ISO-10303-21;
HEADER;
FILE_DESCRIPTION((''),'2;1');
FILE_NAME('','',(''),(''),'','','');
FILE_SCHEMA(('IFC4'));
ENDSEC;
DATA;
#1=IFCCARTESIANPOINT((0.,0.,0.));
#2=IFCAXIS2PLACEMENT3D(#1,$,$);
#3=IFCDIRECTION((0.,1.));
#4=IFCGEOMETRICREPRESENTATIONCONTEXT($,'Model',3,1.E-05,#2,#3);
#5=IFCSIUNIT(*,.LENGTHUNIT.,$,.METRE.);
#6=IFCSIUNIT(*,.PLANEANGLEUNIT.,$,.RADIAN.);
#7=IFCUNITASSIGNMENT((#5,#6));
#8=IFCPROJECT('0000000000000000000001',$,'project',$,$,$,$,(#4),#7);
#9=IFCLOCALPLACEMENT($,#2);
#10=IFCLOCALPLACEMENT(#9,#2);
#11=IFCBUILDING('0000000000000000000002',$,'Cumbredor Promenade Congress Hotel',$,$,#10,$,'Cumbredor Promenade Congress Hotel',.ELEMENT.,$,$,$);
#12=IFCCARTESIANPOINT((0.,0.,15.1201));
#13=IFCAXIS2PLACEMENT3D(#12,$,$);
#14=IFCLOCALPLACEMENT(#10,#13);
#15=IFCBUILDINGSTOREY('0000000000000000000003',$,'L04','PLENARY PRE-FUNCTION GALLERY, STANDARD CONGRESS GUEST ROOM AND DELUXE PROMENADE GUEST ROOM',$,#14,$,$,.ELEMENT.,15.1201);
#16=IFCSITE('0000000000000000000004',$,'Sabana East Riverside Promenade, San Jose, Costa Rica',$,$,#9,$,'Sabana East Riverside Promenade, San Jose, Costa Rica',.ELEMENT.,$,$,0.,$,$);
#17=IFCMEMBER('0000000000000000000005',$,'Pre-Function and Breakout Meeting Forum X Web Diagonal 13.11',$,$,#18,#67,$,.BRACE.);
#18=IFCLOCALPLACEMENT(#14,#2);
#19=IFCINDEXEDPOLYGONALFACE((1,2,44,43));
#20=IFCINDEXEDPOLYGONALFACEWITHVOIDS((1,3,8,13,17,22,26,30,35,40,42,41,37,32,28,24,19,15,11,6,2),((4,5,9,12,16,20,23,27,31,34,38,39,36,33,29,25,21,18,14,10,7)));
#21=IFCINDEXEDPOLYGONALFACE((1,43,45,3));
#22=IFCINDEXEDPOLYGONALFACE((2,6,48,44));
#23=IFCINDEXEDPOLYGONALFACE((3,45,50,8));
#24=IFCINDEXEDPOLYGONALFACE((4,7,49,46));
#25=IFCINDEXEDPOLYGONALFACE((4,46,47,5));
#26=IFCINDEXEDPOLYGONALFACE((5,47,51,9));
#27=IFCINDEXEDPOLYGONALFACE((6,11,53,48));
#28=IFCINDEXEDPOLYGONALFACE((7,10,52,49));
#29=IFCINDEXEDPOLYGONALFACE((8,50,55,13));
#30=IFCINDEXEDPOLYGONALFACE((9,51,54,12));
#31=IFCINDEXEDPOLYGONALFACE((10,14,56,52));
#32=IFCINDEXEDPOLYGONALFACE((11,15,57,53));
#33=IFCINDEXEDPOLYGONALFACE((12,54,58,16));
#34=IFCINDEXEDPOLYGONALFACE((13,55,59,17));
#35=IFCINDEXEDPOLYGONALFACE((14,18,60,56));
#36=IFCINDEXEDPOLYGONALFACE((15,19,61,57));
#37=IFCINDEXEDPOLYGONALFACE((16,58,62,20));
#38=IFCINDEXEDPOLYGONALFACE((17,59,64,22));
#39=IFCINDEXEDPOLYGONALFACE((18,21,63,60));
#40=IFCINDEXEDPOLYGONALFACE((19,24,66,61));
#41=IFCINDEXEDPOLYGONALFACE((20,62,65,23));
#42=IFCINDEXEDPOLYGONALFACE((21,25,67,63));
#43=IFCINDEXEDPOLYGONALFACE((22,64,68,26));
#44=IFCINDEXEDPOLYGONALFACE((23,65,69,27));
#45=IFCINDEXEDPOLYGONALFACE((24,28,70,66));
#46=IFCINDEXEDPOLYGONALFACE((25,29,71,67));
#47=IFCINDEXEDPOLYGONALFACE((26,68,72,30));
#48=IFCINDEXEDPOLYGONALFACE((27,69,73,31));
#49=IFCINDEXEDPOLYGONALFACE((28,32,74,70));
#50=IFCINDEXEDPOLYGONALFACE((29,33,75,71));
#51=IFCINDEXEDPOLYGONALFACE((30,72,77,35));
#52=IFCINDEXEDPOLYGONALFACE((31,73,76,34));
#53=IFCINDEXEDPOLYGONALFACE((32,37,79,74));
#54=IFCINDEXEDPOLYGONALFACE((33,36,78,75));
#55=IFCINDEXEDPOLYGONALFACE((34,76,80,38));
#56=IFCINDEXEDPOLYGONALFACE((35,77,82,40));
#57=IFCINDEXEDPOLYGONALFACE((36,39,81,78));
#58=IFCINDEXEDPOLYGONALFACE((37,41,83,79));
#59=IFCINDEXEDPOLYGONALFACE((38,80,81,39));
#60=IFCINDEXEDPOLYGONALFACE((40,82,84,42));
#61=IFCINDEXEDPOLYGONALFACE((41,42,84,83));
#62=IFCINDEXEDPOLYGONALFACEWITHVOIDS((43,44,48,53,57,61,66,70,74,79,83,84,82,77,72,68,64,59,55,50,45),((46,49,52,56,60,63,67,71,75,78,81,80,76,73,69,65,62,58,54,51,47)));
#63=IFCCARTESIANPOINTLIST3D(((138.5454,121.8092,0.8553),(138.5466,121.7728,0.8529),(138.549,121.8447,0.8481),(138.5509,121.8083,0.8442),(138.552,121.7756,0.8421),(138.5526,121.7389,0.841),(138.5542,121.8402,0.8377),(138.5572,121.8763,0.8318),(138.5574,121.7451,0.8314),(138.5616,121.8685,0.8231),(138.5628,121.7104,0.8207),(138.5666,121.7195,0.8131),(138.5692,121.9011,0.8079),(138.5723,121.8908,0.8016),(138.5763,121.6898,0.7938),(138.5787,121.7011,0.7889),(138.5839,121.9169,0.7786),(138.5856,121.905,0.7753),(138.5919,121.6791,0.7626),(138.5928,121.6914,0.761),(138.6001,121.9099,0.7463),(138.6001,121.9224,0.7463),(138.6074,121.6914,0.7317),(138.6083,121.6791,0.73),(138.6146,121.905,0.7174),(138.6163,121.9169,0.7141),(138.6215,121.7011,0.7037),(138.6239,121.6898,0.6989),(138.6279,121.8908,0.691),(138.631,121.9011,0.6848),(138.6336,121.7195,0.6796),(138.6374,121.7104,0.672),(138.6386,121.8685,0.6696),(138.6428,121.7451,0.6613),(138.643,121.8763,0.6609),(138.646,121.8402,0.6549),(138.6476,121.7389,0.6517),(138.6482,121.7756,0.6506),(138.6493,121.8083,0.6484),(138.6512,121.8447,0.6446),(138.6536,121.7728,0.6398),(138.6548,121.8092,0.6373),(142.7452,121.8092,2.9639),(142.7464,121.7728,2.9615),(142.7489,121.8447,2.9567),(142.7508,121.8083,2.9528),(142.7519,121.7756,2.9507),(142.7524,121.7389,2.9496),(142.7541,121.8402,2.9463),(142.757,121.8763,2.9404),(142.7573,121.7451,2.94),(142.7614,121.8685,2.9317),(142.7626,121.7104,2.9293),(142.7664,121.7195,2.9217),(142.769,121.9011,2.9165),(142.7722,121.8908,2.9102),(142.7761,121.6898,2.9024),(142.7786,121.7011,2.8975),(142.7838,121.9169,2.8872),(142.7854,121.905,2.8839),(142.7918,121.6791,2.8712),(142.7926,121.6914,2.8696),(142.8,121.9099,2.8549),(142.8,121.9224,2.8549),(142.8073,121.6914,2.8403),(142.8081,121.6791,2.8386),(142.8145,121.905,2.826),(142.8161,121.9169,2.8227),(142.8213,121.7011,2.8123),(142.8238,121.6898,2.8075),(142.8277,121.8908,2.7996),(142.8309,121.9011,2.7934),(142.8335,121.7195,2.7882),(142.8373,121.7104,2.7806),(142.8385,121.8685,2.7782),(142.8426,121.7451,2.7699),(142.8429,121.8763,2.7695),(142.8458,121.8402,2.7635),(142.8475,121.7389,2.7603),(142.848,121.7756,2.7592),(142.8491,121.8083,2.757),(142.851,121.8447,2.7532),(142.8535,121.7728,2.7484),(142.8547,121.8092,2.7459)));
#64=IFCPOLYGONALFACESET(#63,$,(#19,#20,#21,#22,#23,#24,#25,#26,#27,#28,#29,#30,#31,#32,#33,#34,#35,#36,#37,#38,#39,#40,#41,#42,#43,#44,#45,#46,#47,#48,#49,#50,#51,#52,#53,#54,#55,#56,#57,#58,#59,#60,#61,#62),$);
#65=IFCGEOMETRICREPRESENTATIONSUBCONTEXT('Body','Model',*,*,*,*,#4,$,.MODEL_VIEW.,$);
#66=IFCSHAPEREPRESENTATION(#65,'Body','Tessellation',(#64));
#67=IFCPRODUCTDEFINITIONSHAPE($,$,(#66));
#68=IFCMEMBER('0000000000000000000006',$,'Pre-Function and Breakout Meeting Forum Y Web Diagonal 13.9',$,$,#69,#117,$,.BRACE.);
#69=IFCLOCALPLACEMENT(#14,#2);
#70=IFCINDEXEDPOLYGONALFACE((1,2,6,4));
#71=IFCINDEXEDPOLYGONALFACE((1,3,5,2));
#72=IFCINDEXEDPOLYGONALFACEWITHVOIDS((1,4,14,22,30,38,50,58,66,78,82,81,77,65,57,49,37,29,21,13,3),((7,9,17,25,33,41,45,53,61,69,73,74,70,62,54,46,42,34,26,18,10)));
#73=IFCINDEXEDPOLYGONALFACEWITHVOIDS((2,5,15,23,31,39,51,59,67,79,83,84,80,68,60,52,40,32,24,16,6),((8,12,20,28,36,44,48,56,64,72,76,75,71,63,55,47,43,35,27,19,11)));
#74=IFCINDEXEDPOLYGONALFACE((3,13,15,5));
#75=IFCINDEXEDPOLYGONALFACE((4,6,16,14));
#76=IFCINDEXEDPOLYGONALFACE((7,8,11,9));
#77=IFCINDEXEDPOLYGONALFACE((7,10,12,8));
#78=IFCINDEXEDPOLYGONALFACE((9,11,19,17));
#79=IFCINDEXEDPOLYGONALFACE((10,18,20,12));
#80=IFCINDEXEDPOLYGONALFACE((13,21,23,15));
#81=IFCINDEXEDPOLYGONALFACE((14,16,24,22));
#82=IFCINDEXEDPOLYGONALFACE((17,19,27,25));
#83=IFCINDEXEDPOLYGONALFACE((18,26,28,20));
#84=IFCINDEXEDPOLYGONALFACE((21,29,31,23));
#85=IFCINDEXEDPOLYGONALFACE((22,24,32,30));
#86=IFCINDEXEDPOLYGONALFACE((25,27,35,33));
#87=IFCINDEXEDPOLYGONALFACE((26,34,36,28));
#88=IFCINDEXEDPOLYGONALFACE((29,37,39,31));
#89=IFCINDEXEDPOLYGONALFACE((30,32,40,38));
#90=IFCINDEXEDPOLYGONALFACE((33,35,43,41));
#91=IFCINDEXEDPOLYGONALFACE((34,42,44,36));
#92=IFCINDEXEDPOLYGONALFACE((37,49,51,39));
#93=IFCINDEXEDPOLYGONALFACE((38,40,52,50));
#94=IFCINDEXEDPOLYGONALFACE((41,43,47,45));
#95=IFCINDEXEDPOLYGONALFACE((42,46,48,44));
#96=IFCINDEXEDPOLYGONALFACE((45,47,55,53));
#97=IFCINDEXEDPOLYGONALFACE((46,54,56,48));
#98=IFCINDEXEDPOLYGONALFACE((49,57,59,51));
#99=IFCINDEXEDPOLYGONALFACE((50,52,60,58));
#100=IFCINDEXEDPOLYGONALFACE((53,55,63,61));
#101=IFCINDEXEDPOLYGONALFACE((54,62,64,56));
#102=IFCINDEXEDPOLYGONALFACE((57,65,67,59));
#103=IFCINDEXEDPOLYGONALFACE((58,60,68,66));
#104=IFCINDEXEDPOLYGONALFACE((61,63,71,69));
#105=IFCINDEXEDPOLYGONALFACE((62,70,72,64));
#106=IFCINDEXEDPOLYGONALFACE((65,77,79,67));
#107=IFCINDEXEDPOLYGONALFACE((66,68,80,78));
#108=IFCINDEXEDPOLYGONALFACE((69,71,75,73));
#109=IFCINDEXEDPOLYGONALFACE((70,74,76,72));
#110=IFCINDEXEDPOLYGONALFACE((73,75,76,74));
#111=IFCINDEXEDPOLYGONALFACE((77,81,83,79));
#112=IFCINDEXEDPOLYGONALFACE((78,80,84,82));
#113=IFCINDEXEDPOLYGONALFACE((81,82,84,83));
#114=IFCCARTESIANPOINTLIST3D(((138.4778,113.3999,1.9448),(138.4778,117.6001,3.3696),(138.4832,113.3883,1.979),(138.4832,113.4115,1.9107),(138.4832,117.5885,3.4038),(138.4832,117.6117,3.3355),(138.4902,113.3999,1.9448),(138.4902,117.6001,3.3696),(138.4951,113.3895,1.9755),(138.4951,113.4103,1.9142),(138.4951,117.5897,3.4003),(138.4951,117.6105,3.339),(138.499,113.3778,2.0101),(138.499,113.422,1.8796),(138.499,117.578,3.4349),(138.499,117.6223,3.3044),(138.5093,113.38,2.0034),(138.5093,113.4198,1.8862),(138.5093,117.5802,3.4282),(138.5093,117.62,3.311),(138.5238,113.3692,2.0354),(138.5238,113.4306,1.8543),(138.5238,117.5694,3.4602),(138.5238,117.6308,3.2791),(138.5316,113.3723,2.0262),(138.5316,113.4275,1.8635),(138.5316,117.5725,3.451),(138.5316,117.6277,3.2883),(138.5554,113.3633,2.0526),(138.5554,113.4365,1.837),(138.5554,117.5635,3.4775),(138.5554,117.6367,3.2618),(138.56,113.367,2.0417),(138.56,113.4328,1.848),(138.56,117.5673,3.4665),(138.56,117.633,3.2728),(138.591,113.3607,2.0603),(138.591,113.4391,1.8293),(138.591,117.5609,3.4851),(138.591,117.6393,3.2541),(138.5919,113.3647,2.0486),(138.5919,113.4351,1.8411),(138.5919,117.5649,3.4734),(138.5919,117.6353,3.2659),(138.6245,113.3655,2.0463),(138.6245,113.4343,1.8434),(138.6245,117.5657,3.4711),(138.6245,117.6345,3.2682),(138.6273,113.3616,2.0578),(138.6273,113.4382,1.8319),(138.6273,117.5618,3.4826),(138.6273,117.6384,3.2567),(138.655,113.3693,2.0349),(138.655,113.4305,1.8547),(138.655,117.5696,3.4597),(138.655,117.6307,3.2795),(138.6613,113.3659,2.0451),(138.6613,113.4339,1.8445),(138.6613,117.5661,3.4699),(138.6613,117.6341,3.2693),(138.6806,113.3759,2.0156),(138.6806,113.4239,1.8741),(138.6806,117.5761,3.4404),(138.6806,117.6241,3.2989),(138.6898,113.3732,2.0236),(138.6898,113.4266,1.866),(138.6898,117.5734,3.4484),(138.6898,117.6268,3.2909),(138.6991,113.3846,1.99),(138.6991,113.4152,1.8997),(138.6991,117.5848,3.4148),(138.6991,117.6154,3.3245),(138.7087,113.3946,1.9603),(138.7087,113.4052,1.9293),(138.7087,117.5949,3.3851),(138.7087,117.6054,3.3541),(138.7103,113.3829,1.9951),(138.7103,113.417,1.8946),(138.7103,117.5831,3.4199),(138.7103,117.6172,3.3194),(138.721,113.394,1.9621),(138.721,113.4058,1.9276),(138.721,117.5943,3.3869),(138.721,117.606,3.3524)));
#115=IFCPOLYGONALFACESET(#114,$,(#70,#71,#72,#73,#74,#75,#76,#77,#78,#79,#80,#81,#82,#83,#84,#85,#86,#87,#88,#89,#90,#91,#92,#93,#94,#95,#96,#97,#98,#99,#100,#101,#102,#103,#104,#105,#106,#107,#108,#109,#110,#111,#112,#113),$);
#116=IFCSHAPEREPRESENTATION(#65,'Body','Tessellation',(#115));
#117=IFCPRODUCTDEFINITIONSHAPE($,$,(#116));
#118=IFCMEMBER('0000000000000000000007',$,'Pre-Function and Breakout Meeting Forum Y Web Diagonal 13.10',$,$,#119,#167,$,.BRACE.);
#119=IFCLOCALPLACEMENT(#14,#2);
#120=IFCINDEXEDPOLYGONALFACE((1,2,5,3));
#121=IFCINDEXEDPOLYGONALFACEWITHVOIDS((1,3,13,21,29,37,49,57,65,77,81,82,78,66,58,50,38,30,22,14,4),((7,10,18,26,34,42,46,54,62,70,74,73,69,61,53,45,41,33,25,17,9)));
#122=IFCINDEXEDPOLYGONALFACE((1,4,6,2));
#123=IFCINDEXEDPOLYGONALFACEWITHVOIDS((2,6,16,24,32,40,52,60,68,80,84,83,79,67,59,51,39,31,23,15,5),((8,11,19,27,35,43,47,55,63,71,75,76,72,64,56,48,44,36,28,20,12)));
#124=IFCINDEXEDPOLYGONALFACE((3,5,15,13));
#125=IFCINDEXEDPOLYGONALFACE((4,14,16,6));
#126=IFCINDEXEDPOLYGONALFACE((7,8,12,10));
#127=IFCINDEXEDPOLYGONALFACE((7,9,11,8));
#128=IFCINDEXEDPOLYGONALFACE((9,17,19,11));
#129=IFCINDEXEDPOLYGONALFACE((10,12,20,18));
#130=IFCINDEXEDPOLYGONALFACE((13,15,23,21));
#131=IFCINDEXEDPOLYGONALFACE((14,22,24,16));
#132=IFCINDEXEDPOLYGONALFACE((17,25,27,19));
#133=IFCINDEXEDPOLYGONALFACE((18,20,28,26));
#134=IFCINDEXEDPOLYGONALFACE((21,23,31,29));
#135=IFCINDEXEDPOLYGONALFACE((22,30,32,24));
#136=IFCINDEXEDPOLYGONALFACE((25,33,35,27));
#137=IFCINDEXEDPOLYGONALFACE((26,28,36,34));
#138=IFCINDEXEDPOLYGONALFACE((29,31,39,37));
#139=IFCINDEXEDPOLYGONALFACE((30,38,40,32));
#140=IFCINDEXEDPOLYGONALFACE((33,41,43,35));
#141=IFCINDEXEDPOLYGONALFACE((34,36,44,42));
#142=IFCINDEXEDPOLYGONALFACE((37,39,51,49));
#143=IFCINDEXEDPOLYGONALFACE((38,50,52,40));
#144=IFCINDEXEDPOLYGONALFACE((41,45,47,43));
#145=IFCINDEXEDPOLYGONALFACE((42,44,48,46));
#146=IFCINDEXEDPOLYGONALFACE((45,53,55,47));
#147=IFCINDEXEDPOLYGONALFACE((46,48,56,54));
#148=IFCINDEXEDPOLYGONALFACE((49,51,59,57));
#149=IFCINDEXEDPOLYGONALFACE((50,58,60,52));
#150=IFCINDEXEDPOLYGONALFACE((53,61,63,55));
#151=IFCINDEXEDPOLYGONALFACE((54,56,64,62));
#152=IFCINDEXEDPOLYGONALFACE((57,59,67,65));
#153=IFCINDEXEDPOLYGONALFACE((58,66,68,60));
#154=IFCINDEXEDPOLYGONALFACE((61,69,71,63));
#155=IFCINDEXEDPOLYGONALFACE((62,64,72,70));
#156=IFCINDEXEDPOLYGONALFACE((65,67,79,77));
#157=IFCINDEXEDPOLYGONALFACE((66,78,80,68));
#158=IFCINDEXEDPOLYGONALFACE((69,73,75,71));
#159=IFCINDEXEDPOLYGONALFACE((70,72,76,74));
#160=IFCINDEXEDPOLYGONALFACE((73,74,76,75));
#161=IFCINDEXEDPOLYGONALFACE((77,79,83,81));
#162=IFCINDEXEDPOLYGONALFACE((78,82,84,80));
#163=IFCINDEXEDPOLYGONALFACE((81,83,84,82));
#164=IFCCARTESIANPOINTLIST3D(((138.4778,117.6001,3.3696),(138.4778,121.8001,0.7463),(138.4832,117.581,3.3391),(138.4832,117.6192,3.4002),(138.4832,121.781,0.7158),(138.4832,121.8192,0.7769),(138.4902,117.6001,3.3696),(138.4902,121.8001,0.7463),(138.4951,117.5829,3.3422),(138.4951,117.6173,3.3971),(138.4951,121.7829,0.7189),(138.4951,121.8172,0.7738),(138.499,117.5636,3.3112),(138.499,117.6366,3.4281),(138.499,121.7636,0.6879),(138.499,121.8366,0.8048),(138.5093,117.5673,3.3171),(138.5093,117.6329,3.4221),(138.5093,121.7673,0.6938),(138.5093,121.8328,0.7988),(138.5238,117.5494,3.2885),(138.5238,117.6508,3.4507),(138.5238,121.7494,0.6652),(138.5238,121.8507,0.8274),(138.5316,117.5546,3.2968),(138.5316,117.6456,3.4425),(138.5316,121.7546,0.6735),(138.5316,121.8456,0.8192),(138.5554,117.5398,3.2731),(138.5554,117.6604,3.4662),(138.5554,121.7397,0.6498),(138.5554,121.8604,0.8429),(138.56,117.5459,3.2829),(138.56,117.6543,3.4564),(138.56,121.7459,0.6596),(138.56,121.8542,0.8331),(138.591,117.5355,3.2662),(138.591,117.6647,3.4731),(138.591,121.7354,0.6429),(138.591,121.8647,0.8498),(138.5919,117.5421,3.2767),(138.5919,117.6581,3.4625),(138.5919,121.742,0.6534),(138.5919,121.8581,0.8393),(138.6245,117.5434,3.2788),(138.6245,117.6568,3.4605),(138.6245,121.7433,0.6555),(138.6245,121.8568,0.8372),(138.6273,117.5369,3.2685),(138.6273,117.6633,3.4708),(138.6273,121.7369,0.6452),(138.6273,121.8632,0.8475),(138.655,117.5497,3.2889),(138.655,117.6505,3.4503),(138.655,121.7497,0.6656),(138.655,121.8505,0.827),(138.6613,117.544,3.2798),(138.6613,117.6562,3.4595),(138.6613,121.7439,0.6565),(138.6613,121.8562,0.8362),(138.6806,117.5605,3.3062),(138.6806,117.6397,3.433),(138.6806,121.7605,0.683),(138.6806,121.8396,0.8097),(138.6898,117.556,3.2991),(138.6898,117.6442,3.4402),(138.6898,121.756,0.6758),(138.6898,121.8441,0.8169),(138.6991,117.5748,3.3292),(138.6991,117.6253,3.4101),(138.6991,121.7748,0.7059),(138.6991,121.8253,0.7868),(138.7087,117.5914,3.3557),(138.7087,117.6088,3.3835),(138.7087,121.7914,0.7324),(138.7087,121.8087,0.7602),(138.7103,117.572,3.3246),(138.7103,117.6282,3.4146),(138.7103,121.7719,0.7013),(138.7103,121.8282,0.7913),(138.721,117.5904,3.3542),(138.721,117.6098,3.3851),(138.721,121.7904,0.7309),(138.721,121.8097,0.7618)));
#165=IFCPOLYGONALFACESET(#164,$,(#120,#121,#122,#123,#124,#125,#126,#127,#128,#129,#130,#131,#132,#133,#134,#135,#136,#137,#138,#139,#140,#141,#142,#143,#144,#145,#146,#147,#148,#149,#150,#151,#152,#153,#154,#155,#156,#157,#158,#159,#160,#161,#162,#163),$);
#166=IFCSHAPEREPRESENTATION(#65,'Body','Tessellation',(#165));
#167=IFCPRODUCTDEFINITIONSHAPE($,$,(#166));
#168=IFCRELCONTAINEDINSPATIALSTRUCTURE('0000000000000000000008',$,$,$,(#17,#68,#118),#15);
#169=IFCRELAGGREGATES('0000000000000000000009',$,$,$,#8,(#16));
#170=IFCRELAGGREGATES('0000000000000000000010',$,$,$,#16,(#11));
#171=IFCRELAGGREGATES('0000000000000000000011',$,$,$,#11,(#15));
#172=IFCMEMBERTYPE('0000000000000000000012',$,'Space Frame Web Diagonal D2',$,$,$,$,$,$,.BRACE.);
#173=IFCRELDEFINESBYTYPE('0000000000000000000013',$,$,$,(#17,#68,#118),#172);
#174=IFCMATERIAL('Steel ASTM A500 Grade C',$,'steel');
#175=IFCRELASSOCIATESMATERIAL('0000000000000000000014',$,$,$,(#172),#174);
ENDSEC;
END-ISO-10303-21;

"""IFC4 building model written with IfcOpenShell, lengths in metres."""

from ifc_helpers import new_model, si_unit, direction, frame, origin, origin_2d, place, context, subcontext, project, spatial, hollow_circle, extrude, material, material_profile, profile_set, type_object, element, save


model = new_model("IFC4")

# Units and contexts
model_context = context("Model", 3, precision=1e-05, world=origin(), true_north=direction((0.0, 1.0)))
body_context = subcontext(model_context, "Body", "Model", "MODEL_VIEW")
ifc_project = project(units=[si_unit("LENGTHUNIT", "METRE"), si_unit("PLANEANGLEUNIT", "RADIAN")], contexts=[model_context])

# Site, building, storey
site_placement = place(None, origin())
site = spatial("IfcSite", under=ifc_project, at=site_placement, Name="Sabana East Riverside Promenade, San Jose, Costa Rica", LongName="Sabana East Riverside Promenade, San Jose, Costa Rica", CompositionType="ELEMENT", RefElevation=0.0)
building_placement = place(site_placement, origin())
building = spatial("IfcBuilding", under=site, at=building_placement, Name="Cumbredor Promenade Congress Hotel", LongName="Cumbredor Promenade Congress Hotel", CompositionType="ELEMENT")
storey_placement = place(building_placement, frame((0.0, 0.0, 15.1201)))
storey = spatial("IfcBuildingStorey", under=building, at=storey_placement, Name="L04", Description="PLENARY PRE-FUNCTION GALLERY, STANDARD CONGRESS GUEST ROOM AND DELUXE PROMENADE GUEST ROOM", CompositionType="ELEMENT", Elevation=15.1201)

# Members
ifc_material_1 = material(Name="Steel ASTM A500 Grade C", Category="steel")
ifc_material_profile_1 = material_profile(ifc_material_1, hollow_circle(Radius=0.1223, WallThickness=0.0125, at=origin_2d()), Name="CHS 244.5x12.5")
ifc_profile_set_1 = profile_set([ifc_material_profile_1], Name="Steel ASTM A500 Grade C")
member_type_1 = type_object("IfcMemberType", Name="Space Frame Web Diagonal D2", PredefinedType="BRACE", material=ifc_profile_set_1)
member_1_placement = place(storey_placement, frame((138.6001, 121.8, 0.7463), z_axis=(0.893688, 0.0, 0.448688), x_axis=(0.0, 1.0, 0.0)))
element("IfcMember", 1, at=member_1_placement, inside=storey, type_object=member_type_1, Name="Pre-Function and Breakout Meeting Forum X Web Diagonal 13.11", PredefinedType="BRACE", context=body_context, shape_type="SweptSolid", body=[
    extrude(hollow_circle(Radius=0.1223, WallThickness=0.0125, at=origin_2d()), origin(), (0.0, 0.0, 1.0), 4.6995),
])
member_2_placement = place(storey_placement, frame((138.6001, 113.3999, 1.9448), z_axis=(0.0, 0.946997, 0.321243), x_axis=(-1.0, 0.0, 0.0)))
element("IfcMember", 2, at=member_2_placement, inside=storey, type_object=member_type_1, Name="Pre-Function and Breakout Meeting Forum Y Web Diagonal 13.9", PredefinedType="BRACE", context=body_context, shape_type="SweptSolid", body=[
    extrude(hollow_circle(Radius=0.1223, WallThickness=0.0125, at=origin_2d()), origin(), (0.0, 0.0, 1.0), 4.4353),
])
member_3_placement = place(storey_placement, frame((138.6001, 117.6001, 3.3696), z_axis=(0.0, 0.848151, -0.529755), x_axis=(-1.0, 0.0, 0.0)))
element("IfcMember", 3, at=member_3_placement, inside=storey, type_object=member_type_1, Name="Pre-Function and Breakout Meeting Forum Y Web Diagonal 13.10", PredefinedType="BRACE", context=body_context, shape_type="SweptSolid", body=[
    extrude(hollow_circle(Radius=0.1223, WallThickness=0.0125, at=origin_2d()), origin(), (0.0, 0.0, 1.0), 4.9519),
])

save(model, "model.ifc")
